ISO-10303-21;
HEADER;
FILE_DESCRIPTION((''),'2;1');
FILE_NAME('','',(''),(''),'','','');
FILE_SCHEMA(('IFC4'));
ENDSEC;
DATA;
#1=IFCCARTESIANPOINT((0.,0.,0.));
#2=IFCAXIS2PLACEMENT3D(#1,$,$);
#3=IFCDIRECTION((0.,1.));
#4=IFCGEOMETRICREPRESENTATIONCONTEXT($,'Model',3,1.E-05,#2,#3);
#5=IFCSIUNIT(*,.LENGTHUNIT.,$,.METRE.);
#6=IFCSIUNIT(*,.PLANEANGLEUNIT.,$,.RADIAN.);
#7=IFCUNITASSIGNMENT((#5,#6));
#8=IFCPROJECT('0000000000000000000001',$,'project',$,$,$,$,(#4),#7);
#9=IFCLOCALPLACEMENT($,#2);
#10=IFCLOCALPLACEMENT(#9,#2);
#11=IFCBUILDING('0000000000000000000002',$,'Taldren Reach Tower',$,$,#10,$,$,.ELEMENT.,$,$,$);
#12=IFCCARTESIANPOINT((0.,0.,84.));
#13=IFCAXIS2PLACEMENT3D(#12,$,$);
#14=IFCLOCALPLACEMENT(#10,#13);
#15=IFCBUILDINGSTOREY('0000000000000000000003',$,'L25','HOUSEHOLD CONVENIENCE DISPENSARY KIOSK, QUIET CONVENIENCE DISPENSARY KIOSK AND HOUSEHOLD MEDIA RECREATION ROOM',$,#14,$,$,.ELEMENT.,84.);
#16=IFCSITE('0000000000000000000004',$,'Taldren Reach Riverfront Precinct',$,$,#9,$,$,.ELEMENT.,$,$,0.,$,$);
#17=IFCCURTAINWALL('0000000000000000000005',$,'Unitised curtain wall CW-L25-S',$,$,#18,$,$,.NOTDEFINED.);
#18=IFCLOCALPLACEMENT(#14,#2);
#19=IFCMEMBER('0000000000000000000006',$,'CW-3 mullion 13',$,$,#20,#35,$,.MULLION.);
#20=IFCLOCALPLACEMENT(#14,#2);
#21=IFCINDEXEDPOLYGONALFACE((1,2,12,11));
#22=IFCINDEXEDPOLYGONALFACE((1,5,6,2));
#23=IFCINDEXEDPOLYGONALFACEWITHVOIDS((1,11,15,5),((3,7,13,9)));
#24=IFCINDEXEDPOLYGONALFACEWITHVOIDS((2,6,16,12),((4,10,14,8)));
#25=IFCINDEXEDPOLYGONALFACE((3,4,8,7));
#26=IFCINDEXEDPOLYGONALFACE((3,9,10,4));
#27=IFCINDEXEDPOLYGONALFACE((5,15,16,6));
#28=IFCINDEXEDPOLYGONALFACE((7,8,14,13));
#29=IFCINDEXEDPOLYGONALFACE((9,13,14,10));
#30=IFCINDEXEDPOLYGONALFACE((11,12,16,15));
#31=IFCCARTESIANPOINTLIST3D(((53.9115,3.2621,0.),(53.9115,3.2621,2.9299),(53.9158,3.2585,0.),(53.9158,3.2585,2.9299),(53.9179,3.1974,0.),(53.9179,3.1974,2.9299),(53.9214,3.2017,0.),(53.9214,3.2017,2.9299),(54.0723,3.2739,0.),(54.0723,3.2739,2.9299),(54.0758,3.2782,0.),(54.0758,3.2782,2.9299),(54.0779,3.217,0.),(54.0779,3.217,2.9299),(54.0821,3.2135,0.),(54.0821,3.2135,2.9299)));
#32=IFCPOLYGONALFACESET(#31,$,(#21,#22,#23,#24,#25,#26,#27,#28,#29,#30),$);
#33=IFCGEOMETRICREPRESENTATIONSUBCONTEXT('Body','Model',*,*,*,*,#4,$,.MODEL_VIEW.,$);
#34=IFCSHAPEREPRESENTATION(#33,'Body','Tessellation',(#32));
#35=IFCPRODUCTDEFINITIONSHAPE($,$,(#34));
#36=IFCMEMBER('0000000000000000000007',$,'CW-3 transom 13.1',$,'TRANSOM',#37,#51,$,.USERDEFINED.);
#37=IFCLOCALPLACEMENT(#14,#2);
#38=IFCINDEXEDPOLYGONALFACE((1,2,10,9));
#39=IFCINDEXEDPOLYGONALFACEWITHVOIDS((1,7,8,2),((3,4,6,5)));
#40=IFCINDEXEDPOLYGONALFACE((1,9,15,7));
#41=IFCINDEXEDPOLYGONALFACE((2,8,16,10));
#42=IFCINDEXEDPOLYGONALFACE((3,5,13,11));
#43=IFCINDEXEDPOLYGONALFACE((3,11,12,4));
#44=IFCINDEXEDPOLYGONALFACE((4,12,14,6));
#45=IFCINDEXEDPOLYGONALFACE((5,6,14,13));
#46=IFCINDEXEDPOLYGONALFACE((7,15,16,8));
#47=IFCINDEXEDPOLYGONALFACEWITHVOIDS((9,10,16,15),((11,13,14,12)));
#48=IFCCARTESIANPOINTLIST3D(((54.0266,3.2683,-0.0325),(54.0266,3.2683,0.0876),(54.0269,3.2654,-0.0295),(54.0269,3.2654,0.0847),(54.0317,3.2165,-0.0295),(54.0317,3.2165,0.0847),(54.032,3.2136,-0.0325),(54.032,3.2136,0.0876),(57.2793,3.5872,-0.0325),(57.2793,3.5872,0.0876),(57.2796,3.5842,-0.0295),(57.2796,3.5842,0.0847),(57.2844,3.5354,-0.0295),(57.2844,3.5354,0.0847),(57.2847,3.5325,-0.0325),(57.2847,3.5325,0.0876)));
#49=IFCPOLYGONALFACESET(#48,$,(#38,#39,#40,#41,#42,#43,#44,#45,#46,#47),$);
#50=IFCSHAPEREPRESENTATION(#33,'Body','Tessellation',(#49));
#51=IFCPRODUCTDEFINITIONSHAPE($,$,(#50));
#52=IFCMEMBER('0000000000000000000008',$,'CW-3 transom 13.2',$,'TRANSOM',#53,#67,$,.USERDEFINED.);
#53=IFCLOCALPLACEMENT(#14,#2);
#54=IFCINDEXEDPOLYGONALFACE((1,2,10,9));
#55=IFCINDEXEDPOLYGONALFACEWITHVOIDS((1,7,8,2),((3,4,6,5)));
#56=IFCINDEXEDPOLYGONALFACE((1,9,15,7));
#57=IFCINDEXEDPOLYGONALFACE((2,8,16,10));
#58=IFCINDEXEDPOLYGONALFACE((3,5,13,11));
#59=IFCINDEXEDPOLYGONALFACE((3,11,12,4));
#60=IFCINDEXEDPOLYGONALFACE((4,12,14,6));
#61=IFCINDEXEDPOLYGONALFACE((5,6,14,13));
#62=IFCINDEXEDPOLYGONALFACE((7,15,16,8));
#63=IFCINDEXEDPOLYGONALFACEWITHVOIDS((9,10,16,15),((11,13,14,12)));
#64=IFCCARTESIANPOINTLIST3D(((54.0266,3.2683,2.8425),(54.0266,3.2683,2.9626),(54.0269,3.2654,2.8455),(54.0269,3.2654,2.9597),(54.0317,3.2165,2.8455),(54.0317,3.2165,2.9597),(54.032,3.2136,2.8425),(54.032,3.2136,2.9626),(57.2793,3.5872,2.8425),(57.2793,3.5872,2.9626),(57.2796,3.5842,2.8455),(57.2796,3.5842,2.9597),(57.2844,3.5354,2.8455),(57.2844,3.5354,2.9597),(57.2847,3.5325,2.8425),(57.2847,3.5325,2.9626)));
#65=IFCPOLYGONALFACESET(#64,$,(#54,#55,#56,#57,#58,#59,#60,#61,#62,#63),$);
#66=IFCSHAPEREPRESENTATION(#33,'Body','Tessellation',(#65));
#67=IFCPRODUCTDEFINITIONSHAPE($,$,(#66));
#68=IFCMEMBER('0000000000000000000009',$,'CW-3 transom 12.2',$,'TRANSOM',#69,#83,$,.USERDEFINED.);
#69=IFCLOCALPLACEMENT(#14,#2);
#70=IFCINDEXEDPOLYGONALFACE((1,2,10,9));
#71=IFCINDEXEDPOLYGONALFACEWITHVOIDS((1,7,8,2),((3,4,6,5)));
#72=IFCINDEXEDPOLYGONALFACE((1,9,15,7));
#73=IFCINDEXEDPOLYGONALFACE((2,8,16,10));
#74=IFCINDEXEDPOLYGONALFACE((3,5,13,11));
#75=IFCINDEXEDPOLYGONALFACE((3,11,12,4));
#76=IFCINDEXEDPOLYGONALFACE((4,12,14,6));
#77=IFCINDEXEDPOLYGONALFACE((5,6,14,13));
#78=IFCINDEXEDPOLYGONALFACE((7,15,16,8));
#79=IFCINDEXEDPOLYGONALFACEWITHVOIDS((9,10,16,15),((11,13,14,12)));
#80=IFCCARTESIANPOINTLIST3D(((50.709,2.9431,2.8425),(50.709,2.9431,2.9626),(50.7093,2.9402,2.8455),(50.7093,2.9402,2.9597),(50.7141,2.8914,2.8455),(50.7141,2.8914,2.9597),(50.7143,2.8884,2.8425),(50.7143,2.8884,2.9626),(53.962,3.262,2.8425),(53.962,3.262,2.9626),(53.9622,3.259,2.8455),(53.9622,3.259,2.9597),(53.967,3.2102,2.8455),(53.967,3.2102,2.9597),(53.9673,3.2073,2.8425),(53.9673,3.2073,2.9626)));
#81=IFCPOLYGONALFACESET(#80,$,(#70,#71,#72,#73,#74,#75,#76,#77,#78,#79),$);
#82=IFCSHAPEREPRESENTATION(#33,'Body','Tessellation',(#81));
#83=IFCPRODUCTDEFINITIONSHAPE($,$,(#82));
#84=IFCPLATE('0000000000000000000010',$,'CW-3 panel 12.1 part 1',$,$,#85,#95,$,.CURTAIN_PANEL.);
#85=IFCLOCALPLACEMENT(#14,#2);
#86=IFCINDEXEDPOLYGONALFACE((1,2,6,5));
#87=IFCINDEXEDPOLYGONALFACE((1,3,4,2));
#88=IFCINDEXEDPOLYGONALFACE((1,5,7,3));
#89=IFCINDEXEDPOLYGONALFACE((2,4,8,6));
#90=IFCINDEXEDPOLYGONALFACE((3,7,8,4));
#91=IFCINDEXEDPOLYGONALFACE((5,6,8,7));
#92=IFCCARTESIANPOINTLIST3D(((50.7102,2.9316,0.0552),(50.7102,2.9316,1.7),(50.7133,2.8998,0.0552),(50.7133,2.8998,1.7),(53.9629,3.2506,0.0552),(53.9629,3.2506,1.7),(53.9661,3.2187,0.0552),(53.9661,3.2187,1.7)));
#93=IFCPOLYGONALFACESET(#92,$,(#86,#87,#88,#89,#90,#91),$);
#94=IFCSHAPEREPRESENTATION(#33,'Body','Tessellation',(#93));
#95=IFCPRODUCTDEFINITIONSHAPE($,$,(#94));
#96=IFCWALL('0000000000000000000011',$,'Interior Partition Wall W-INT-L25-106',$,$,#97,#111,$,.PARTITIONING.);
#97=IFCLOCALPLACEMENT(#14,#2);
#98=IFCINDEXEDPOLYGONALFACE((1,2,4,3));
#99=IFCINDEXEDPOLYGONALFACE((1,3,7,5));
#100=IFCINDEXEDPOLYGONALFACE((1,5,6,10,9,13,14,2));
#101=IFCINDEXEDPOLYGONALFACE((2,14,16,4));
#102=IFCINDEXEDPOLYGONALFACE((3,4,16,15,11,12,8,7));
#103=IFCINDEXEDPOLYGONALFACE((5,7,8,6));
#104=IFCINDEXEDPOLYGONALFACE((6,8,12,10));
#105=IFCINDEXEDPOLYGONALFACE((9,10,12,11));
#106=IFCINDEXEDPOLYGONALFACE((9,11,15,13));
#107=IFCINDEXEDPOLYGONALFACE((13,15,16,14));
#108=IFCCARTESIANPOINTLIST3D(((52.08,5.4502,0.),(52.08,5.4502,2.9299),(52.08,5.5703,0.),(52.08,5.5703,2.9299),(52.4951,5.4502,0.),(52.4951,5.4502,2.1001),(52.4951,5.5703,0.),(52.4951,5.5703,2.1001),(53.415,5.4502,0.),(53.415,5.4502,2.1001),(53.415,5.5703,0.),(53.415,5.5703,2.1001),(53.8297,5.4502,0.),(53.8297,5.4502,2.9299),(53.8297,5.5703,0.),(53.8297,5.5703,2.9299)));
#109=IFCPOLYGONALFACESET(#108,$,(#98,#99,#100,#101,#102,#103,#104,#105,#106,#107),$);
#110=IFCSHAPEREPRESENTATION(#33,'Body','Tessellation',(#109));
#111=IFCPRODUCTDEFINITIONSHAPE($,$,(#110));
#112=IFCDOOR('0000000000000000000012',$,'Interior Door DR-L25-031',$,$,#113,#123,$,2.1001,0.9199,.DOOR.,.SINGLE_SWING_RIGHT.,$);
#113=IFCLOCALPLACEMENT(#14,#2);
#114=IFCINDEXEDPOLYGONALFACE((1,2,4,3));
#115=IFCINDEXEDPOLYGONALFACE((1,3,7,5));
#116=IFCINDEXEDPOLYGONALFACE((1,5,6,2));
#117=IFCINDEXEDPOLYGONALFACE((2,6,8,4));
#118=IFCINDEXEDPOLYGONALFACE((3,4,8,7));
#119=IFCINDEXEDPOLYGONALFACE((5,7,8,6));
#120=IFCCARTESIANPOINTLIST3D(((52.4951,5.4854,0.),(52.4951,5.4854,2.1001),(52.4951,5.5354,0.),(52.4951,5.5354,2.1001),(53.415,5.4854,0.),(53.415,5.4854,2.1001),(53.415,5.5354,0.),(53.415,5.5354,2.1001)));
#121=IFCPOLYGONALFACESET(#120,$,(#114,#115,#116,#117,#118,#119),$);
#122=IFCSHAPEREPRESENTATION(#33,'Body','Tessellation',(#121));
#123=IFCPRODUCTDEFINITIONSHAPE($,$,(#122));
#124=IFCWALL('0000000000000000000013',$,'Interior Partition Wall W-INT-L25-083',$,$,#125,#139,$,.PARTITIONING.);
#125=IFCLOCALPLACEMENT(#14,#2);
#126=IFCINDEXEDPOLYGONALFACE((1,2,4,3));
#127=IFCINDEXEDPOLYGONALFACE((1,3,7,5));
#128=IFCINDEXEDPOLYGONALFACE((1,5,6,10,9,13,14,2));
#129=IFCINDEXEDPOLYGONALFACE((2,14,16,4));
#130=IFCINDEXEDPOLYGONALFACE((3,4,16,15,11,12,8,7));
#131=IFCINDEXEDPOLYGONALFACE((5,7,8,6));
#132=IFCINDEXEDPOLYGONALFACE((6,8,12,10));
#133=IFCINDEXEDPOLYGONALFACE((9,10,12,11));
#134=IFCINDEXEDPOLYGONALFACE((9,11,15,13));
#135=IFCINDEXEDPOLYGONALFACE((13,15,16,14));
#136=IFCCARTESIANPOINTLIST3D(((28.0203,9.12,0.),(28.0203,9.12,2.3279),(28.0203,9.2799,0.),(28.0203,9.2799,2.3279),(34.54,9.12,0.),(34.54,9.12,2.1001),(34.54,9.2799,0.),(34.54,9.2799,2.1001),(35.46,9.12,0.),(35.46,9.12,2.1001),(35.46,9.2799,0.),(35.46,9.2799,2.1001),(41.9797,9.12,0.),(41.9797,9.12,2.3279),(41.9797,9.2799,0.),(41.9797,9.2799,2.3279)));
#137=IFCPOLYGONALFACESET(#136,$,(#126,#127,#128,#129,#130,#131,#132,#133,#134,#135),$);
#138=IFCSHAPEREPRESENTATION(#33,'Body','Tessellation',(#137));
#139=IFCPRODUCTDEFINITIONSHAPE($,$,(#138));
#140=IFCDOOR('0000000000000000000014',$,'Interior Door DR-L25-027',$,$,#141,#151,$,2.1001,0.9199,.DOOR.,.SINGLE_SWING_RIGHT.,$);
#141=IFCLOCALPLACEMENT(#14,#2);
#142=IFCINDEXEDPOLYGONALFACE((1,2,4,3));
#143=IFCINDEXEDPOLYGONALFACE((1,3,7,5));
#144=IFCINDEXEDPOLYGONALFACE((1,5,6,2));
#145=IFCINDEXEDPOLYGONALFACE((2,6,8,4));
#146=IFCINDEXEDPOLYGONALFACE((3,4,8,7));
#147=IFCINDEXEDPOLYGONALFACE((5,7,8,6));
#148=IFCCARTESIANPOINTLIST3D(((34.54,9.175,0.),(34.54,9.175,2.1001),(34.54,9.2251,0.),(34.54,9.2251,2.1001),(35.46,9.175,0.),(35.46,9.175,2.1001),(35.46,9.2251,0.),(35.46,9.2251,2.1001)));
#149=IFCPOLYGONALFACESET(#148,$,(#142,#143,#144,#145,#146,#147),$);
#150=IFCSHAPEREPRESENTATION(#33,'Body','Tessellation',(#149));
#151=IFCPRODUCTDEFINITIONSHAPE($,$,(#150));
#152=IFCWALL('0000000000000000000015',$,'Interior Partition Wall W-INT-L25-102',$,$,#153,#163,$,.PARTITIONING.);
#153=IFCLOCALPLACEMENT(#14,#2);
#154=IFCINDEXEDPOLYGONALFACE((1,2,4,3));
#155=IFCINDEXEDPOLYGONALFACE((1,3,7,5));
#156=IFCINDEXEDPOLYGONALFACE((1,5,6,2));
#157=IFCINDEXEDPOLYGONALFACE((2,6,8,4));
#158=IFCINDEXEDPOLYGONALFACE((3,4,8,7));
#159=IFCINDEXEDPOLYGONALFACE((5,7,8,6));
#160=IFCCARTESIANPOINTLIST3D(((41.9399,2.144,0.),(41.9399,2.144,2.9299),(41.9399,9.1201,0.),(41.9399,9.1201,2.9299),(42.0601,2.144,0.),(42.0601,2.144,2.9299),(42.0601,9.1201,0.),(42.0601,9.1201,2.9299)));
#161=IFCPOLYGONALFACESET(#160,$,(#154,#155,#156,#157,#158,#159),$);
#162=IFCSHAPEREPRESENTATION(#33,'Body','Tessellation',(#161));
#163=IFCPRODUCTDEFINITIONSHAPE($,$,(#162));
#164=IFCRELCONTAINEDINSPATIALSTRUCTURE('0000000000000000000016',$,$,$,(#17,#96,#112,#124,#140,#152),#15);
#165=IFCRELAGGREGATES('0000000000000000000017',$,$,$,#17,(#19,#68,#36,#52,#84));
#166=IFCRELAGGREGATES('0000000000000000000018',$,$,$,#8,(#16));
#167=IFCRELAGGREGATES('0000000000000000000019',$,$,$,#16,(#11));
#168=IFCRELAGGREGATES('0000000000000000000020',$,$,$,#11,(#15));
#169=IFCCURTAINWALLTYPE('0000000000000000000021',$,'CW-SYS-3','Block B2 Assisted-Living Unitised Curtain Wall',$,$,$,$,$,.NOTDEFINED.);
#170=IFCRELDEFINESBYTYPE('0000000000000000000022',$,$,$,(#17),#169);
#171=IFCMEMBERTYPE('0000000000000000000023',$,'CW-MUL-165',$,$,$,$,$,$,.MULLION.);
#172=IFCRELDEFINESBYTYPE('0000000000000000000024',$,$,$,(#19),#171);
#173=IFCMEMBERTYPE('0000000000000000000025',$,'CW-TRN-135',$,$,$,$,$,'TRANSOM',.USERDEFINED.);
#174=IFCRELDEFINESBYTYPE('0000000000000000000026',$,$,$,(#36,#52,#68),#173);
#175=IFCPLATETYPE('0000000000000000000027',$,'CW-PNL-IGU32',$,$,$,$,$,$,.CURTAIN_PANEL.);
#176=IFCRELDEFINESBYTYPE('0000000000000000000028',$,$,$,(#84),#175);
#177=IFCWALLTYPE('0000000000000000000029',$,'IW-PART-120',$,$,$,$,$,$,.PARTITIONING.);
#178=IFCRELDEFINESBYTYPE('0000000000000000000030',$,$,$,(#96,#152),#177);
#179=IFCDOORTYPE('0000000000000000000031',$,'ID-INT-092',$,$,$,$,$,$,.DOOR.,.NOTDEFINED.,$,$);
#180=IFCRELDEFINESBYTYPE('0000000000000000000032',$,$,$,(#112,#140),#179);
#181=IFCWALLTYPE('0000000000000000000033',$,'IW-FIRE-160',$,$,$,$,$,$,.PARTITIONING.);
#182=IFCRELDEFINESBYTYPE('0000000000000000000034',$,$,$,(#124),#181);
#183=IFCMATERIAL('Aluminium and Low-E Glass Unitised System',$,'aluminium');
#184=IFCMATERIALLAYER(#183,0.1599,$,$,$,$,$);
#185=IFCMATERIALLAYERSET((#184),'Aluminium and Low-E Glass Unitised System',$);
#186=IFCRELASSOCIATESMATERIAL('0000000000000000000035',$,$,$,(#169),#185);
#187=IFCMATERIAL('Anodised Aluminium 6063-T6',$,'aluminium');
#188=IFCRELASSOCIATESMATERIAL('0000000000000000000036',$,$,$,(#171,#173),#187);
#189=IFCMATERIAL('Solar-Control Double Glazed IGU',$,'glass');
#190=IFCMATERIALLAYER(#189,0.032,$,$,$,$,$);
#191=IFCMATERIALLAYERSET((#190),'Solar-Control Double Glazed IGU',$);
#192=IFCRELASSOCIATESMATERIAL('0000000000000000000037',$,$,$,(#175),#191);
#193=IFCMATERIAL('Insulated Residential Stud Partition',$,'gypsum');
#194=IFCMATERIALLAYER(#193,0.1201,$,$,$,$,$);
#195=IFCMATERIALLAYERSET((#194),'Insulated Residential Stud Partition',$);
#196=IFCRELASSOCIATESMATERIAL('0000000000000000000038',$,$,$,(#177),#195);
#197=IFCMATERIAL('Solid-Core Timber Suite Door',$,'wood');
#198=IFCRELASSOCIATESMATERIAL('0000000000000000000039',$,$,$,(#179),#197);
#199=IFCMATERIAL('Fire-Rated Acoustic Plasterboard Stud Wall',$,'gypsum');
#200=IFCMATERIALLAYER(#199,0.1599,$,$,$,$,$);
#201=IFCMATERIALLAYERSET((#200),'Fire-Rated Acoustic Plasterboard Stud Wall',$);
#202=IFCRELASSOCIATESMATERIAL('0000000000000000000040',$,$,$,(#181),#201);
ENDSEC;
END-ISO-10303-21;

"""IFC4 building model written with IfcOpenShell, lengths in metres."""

from ifc_helpers import new_model, si_unit, direction, frame, frame_2d, origin, origin_2d, place, context, subcontext, project, spatial, rectangle, hollow_rectangle, extrude, source, transform, mapped, material, layer, layer_set, material_profile, profile_set, type_object, element, fill, aggregate, save


model = new_model("IFC4")

# Units and contexts
model_context = context("Model", 3, precision=1e-05, world=origin(), true_north=direction((0.0, 1.0)))
body_context = subcontext(model_context, "Body", "Model", "MODEL_VIEW")
ifc_project = project(units=[si_unit("LENGTHUNIT", "METRE"), si_unit("PLANEANGLEUNIT", "RADIAN")], contexts=[model_context])

# Site, building, storey
site_placement = place(None, origin())
site = spatial("IfcSite", under=ifc_project, at=site_placement, Name="Taldren Reach Riverfront Precinct", CompositionType="ELEMENT", RefElevation=0.0)
building_placement = place(site_placement, origin())
building = spatial("IfcBuilding", under=site, at=building_placement, Name="Taldren Reach Tower", CompositionType="ELEMENT")
storey_placement = place(building_placement, frame((0.0, 0.0, 84.0)))
storey = spatial("IfcBuildingStorey", under=building, at=storey_placement, Name="L25", Description="HOUSEHOLD CONVENIENCE DISPENSARY KIOSK, QUIET CONVENIENCE DISPENSARY KIOSK AND HOUSEHOLD MEDIA RECREATION ROOM", CompositionType="ELEMENT", Elevation=84.0)

# Curtain wall, members, plate
ifc_material_1 = material(Name="Aluminium and Low-E Glass Unitised System", Category="aluminium")
ifc_layer_1 = layer(ifc_material_1, 0.1599)
ifc_layer_set_1 = layer_set([ifc_layer_1], Name="Aluminium and Low-E Glass Unitised System")
curtain_wall_type = type_object("IfcCurtainWallType", Name="CW-SYS-3", Description="Block B2 Assisted-Living Unitised Curtain Wall", PredefinedType="NOTDEFINED", material=ifc_layer_set_1)
curtain_wall_placement = place(storey_placement, origin())
curtain_wall = element("IfcCurtainWall", 1, at=curtain_wall_placement, inside=storey, type_object=curtain_wall_type, Name="Unitised curtain wall CW-L25-S", PredefinedType="NOTDEFINED")
ifc_material_2 = material(Name="Anodised Aluminium 6063-T6", Category="aluminium")
ifc_material_profile_1 = material_profile(ifc_material_2, hollow_rectangle(XDim=0.0649, YDim=0.165, WallThickness=0.0039, at=origin_2d()), Name="ALU-165x65x4RHS")
ifc_profile_set_1 = profile_set([ifc_material_profile_1], Name="Anodised Aluminium 6063-T6")
member_type_1 = type_object("IfcMemberType", Name="CW-MUL-165", PredefinedType="MULLION", material=ifc_profile_set_1)
shared_shape_1 = source(origin(), body_context, "Body", "SweptSolid", [
    extrude(hollow_rectangle(XDim=0.0649, YDim=0.165, WallThickness=0.0039, at=origin_2d()), origin(), (0.0, 0.0, 1.0), 2.9299),
])
member_1_placement = place(storey_placement, frame((53.9968, 3.2378, 0.0), z_axis=(0.0, 0.0, 1.0), x_axis=(-0.097583, 0.995227, 0.0)))
member_1 = element("IfcMember", 2, at=member_1_placement, type_object=member_type_1, Name="CW-3 mullion 13", PredefinedType="MULLION", context=body_context, shape_type="MappedRepresentation", body=[
    mapped(shared_shape_1, transform((0.0, 0.0, 0.0), scale=1.0)),
])
ifc_material_profile_2 = material_profile(ifc_material_2, hollow_rectangle(XDim=0.0549, YDim=0.1201, WallThickness=0.0029, at=origin_2d()), Name="ALU-120x55x3RHS")
ifc_profile_set_2 = profile_set([ifc_material_profile_2], Name="Anodised Aluminium 6063-T6")
member_type_2 = type_object("IfcMemberType", Name="CW-TRN-135", ElementType="TRANSOM", PredefinedType="USERDEFINED", material=ifc_profile_set_2)
shared_shape_2 = source(origin(), body_context, "Body", "SweptSolid", [
    extrude(hollow_rectangle(XDim=0.0549, YDim=0.1201, WallThickness=0.0029, at=origin_2d()), origin(), (0.0, 0.0, 1.0), 3.2683),
])
member_2_placement = place(storey_placement, frame((54.0293, 3.241, 0.0276), z_axis=(0.99523, 0.097558, 0.0), x_axis=(-0.097558, 0.99523, 0.0)))
member_2 = element("IfcMember", 3, at=member_2_placement, type_object=member_type_2, Name="CW-3 transom 13.1", ObjectType="TRANSOM", PredefinedType="USERDEFINED", context=body_context, shape_type="MappedRepresentation", body=[
    mapped(shared_shape_2, transform((0.0, 0.0, 0.0), scale=1.0)),
])
member_3_placement = place(storey_placement, frame((54.0293, 3.241, 2.9026), z_axis=(0.99523, 0.097558, 0.0), x_axis=(-0.097558, 0.99523, 0.0)))
member_3 = element("IfcMember", 4, at=member_3_placement, type_object=member_type_2, Name="CW-3 transom 13.2", ObjectType="TRANSOM", PredefinedType="USERDEFINED", context=body_context, shape_type="MappedRepresentation", body=[
    mapped(shared_shape_2, transform((0.0, 0.0, 0.0), scale=1.0)),
])
shared_shape_3 = source(origin(), body_context, "Body", "SweptSolid", [
    extrude(hollow_rectangle(XDim=0.0549, YDim=0.1201, WallThickness=0.0029, at=origin_2d()), origin(), (0.0, 0.0, 1.0), 3.2686),
])
member_4_placement = place(storey_placement, frame((50.7117, 2.9158, 2.9026), z_axis=(0.995231, 0.097551, 0.0), x_axis=(-0.097551, 0.995231, 0.0)))
member_4 = element("IfcMember", 5, at=member_4_placement, type_object=member_type_2, Name="CW-3 transom 12.2", ObjectType="TRANSOM", PredefinedType="USERDEFINED", context=body_context, shape_type="MappedRepresentation", body=[
    mapped(shared_shape_3, transform((0.0, 0.0, 0.0), scale=1.0)),
])
ifc_material_3 = material(Name="Solar-Control Double Glazed IGU", Category="glass")
ifc_layer_2 = layer(ifc_material_3, 0.032)
ifc_layer_set_2 = layer_set([ifc_layer_2], Name="Solar-Control Double Glazed IGU")
plate_type = type_object("IfcPlateType", Name="CW-PNL-IGU32", PredefinedType="CURTAIN_PANEL", material=ifc_layer_set_2)
shared_shape_4 = source(origin(), body_context, "Body", "SweptSolid", [
    extrude(rectangle(XDim=3.2683, YDim=0.032, at=origin_2d()), origin(), (0.0, 0.0, 1.0), 1.6448),
])
plate_placement = place(storey_placement, frame((52.3381, 3.0752, 0.0552), z_axis=(0.0, 0.0, 1.0), x_axis=(0.995227, 0.097583, 0.0)))
plate = element("IfcPlate", 6, at=plate_placement, type_object=plate_type, Name="CW-3 panel 12.1 part 1", PredefinedType="CURTAIN_PANEL", context=body_context, shape_type="MappedRepresentation", body=[
    mapped(shared_shape_4, transform((0.0, 0.0, 0.0), scale=1.0)),
])
aggregate(curtain_wall, [member_1, member_4, member_2, member_3, plate])

# Walls, openings, doors
ifc_material_4 = material(Name="Insulated Residential Stud Partition", Category="gypsum")
ifc_layer_3 = layer(ifc_material_4, 0.1201)
ifc_layer_set_3 = layer_set([ifc_layer_3], Name="Insulated Residential Stud Partition")
wall_type_1 = type_object("IfcWallType", Name="IW-PART-120", PredefinedType="PARTITIONING", material=ifc_layer_set_3)
shared_shape_5 = source(origin(), body_context, "Body", "SweptSolid", [
    extrude(rectangle(XDim=1.7498, YDim=0.1201, at=frame_2d((0.875, 0.0))), origin(), (0.0, 0.0, 1.0), 2.9299),
])
wall_1_placement = place(storey_placement, frame((53.8298, 5.5103, 0.0), z_axis=(0.0, 0.0, 1.0), x_axis=(-1.0, 0.0, 0.0)))
wall_1 = element("IfcWall", 7, at=wall_1_placement, inside=storey, type_object=wall_type_1, Name="Interior Partition Wall W-INT-L25-106", PredefinedType="PARTITIONING", context=body_context, shape_type="MappedRepresentation", body=[
    mapped(shared_shape_5, transform((0.0, 0.0, 0.0), scale=1.0)),
])
shared_shape_6 = source(origin(), body_context, "Body", "SweptSolid", [
    extrude(rectangle(XDim=0.9199, YDim=2.1001, at=frame_2d((0.46, 1.05))), frame((0.0, 0.0701, 0.0), z_axis=(0.0, -1.0, 0.0), x_axis=(1.0, 0.0, 0.0)), (0.0, 0.0, 1.0), 0.1401),
])
opening_1_placement = place(wall_1_placement, frame((0.4148, 0.0, 0.0)))
opening_1 = element("IfcOpeningElement", 8, at=opening_1_placement, cuts=wall_1, PredefinedType="OPENING", context=body_context, shape_type="MappedRepresentation", body=[
    mapped(shared_shape_6, transform((0.0, 0.0, 0.0), scale=1.0)),
])
ifc_material_5 = material(Name="Solid-Core Timber Suite Door", Category="wood")
door_type = type_object("IfcDoorType", Name="ID-INT-092", OperationType="NOTDEFINED", PredefinedType="DOOR", material=ifc_material_5)
shared_shape_7 = source(origin(), body_context, "Body", "SweptSolid", [
    extrude(rectangle(XDim=0.9199, YDim=2.1001, at=frame_2d((0.46, 1.05))), frame((0.0, 0.0249, 0.0), z_axis=(0.0, -1.0, 0.0), x_axis=(1.0, 0.0, 0.0)), (0.0, 0.0, 1.0), 0.05),
])
door_1_placement = place(opening_1_placement, origin())
door_1 = element("IfcDoor", 9, at=door_1_placement, inside=storey, type_object=door_type, Name="Interior Door DR-L25-031", OperationType="SINGLE_SWING_RIGHT", OverallHeight=2.1001, OverallWidth=0.9199, PredefinedType="DOOR", context=body_context, shape_type="MappedRepresentation", body=[
    mapped(shared_shape_7, transform((0.0, 0.0, 0.0), scale=1.0)),
])
fill(opening_1, door_1)
ifc_material_6 = material(Name="Fire-Rated Acoustic Plasterboard Stud Wall", Category="gypsum")
ifc_layer_4 = layer(ifc_material_6, 0.1599)
ifc_layer_set_4 = layer_set([ifc_layer_4], Name="Fire-Rated Acoustic Plasterboard Stud Wall")
wall_type_2 = type_object("IfcWallType", Name="IW-FIRE-160", PredefinedType="PARTITIONING", material=ifc_layer_set_4)
shared_shape_8 = source(origin(), body_context, "Body", "SweptSolid", [
    extrude(rectangle(XDim=13.9595, YDim=0.1599, at=frame_2d((6.9797, 0.0))), origin(), (0.0, 0.0, 1.0), 2.3279),
])
wall_2_placement = place(storey_placement, frame((41.9797, 9.2, 0.0), z_axis=(0.0, 0.0, 1.0), x_axis=(-1.0, 0.0, 0.0)))
wall_2 = element("IfcWall", 10, at=wall_2_placement, inside=storey, type_object=wall_type_2, Name="Interior Partition Wall W-INT-L25-083", PredefinedType="PARTITIONING", context=body_context, shape_type="MappedRepresentation", body=[
    mapped(shared_shape_8, transform((0.0, 0.0, 0.0), scale=1.0)),
])
shared_shape_9 = source(origin(), body_context, "Body", "SweptSolid", [
    extrude(rectangle(XDim=0.9199, YDim=2.1001, at=frame_2d((0.46, 1.05))), frame((0.0, 0.0898, 0.0), z_axis=(0.0, -1.0, 0.0), x_axis=(1.0, 0.0, 0.0)), (0.0, 0.0, 1.0), 0.1799),
])
opening_2_placement = place(wall_2_placement, frame((6.5198, 0.0, 0.0)))
opening_2 = element("IfcOpeningElement", 11, at=opening_2_placement, cuts=wall_2, PredefinedType="OPENING", context=body_context, shape_type="MappedRepresentation", body=[
    mapped(shared_shape_9, transform((0.0, 0.0, 0.0), scale=1.0)),
])
door_2_placement = place(opening_2_placement, origin())
door_2 = element("IfcDoor", 12, at=door_2_placement, inside=storey, type_object=door_type, Name="Interior Door DR-L25-027", OperationType="SINGLE_SWING_RIGHT", OverallHeight=2.1001, OverallWidth=0.9199, PredefinedType="DOOR", context=body_context, shape_type="MappedRepresentation", body=[
    mapped(shared_shape_7, transform((0.0, 0.0, 0.0), scale=1.0)),
])
fill(opening_2, door_2)

# Wall
shared_shape_10 = source(origin(), body_context, "Body", "SweptSolid", [
    extrude(rectangle(XDim=6.9761, YDim=0.1201, at=frame_2d((3.488, 0.0))), origin(), (0.0, 0.0, 1.0), 2.9299),
])
wall_3_placement = place(storey_placement, frame((42.0, 9.1201, 0.0), z_axis=(0.0, 0.0, 1.0), x_axis=(0.0, -1.0, 0.0)))
element("IfcWall", 13, at=wall_3_placement, inside=storey, type_object=wall_type_1, Name="Interior Partition Wall W-INT-L25-102", PredefinedType="PARTITIONING", context=body_context, shape_type="MappedRepresentation", body=[
    mapped(shared_shape_10, transform((0.0, 0.0, 0.0), scale=1.0)),
])

save(model, "model.ifc")
